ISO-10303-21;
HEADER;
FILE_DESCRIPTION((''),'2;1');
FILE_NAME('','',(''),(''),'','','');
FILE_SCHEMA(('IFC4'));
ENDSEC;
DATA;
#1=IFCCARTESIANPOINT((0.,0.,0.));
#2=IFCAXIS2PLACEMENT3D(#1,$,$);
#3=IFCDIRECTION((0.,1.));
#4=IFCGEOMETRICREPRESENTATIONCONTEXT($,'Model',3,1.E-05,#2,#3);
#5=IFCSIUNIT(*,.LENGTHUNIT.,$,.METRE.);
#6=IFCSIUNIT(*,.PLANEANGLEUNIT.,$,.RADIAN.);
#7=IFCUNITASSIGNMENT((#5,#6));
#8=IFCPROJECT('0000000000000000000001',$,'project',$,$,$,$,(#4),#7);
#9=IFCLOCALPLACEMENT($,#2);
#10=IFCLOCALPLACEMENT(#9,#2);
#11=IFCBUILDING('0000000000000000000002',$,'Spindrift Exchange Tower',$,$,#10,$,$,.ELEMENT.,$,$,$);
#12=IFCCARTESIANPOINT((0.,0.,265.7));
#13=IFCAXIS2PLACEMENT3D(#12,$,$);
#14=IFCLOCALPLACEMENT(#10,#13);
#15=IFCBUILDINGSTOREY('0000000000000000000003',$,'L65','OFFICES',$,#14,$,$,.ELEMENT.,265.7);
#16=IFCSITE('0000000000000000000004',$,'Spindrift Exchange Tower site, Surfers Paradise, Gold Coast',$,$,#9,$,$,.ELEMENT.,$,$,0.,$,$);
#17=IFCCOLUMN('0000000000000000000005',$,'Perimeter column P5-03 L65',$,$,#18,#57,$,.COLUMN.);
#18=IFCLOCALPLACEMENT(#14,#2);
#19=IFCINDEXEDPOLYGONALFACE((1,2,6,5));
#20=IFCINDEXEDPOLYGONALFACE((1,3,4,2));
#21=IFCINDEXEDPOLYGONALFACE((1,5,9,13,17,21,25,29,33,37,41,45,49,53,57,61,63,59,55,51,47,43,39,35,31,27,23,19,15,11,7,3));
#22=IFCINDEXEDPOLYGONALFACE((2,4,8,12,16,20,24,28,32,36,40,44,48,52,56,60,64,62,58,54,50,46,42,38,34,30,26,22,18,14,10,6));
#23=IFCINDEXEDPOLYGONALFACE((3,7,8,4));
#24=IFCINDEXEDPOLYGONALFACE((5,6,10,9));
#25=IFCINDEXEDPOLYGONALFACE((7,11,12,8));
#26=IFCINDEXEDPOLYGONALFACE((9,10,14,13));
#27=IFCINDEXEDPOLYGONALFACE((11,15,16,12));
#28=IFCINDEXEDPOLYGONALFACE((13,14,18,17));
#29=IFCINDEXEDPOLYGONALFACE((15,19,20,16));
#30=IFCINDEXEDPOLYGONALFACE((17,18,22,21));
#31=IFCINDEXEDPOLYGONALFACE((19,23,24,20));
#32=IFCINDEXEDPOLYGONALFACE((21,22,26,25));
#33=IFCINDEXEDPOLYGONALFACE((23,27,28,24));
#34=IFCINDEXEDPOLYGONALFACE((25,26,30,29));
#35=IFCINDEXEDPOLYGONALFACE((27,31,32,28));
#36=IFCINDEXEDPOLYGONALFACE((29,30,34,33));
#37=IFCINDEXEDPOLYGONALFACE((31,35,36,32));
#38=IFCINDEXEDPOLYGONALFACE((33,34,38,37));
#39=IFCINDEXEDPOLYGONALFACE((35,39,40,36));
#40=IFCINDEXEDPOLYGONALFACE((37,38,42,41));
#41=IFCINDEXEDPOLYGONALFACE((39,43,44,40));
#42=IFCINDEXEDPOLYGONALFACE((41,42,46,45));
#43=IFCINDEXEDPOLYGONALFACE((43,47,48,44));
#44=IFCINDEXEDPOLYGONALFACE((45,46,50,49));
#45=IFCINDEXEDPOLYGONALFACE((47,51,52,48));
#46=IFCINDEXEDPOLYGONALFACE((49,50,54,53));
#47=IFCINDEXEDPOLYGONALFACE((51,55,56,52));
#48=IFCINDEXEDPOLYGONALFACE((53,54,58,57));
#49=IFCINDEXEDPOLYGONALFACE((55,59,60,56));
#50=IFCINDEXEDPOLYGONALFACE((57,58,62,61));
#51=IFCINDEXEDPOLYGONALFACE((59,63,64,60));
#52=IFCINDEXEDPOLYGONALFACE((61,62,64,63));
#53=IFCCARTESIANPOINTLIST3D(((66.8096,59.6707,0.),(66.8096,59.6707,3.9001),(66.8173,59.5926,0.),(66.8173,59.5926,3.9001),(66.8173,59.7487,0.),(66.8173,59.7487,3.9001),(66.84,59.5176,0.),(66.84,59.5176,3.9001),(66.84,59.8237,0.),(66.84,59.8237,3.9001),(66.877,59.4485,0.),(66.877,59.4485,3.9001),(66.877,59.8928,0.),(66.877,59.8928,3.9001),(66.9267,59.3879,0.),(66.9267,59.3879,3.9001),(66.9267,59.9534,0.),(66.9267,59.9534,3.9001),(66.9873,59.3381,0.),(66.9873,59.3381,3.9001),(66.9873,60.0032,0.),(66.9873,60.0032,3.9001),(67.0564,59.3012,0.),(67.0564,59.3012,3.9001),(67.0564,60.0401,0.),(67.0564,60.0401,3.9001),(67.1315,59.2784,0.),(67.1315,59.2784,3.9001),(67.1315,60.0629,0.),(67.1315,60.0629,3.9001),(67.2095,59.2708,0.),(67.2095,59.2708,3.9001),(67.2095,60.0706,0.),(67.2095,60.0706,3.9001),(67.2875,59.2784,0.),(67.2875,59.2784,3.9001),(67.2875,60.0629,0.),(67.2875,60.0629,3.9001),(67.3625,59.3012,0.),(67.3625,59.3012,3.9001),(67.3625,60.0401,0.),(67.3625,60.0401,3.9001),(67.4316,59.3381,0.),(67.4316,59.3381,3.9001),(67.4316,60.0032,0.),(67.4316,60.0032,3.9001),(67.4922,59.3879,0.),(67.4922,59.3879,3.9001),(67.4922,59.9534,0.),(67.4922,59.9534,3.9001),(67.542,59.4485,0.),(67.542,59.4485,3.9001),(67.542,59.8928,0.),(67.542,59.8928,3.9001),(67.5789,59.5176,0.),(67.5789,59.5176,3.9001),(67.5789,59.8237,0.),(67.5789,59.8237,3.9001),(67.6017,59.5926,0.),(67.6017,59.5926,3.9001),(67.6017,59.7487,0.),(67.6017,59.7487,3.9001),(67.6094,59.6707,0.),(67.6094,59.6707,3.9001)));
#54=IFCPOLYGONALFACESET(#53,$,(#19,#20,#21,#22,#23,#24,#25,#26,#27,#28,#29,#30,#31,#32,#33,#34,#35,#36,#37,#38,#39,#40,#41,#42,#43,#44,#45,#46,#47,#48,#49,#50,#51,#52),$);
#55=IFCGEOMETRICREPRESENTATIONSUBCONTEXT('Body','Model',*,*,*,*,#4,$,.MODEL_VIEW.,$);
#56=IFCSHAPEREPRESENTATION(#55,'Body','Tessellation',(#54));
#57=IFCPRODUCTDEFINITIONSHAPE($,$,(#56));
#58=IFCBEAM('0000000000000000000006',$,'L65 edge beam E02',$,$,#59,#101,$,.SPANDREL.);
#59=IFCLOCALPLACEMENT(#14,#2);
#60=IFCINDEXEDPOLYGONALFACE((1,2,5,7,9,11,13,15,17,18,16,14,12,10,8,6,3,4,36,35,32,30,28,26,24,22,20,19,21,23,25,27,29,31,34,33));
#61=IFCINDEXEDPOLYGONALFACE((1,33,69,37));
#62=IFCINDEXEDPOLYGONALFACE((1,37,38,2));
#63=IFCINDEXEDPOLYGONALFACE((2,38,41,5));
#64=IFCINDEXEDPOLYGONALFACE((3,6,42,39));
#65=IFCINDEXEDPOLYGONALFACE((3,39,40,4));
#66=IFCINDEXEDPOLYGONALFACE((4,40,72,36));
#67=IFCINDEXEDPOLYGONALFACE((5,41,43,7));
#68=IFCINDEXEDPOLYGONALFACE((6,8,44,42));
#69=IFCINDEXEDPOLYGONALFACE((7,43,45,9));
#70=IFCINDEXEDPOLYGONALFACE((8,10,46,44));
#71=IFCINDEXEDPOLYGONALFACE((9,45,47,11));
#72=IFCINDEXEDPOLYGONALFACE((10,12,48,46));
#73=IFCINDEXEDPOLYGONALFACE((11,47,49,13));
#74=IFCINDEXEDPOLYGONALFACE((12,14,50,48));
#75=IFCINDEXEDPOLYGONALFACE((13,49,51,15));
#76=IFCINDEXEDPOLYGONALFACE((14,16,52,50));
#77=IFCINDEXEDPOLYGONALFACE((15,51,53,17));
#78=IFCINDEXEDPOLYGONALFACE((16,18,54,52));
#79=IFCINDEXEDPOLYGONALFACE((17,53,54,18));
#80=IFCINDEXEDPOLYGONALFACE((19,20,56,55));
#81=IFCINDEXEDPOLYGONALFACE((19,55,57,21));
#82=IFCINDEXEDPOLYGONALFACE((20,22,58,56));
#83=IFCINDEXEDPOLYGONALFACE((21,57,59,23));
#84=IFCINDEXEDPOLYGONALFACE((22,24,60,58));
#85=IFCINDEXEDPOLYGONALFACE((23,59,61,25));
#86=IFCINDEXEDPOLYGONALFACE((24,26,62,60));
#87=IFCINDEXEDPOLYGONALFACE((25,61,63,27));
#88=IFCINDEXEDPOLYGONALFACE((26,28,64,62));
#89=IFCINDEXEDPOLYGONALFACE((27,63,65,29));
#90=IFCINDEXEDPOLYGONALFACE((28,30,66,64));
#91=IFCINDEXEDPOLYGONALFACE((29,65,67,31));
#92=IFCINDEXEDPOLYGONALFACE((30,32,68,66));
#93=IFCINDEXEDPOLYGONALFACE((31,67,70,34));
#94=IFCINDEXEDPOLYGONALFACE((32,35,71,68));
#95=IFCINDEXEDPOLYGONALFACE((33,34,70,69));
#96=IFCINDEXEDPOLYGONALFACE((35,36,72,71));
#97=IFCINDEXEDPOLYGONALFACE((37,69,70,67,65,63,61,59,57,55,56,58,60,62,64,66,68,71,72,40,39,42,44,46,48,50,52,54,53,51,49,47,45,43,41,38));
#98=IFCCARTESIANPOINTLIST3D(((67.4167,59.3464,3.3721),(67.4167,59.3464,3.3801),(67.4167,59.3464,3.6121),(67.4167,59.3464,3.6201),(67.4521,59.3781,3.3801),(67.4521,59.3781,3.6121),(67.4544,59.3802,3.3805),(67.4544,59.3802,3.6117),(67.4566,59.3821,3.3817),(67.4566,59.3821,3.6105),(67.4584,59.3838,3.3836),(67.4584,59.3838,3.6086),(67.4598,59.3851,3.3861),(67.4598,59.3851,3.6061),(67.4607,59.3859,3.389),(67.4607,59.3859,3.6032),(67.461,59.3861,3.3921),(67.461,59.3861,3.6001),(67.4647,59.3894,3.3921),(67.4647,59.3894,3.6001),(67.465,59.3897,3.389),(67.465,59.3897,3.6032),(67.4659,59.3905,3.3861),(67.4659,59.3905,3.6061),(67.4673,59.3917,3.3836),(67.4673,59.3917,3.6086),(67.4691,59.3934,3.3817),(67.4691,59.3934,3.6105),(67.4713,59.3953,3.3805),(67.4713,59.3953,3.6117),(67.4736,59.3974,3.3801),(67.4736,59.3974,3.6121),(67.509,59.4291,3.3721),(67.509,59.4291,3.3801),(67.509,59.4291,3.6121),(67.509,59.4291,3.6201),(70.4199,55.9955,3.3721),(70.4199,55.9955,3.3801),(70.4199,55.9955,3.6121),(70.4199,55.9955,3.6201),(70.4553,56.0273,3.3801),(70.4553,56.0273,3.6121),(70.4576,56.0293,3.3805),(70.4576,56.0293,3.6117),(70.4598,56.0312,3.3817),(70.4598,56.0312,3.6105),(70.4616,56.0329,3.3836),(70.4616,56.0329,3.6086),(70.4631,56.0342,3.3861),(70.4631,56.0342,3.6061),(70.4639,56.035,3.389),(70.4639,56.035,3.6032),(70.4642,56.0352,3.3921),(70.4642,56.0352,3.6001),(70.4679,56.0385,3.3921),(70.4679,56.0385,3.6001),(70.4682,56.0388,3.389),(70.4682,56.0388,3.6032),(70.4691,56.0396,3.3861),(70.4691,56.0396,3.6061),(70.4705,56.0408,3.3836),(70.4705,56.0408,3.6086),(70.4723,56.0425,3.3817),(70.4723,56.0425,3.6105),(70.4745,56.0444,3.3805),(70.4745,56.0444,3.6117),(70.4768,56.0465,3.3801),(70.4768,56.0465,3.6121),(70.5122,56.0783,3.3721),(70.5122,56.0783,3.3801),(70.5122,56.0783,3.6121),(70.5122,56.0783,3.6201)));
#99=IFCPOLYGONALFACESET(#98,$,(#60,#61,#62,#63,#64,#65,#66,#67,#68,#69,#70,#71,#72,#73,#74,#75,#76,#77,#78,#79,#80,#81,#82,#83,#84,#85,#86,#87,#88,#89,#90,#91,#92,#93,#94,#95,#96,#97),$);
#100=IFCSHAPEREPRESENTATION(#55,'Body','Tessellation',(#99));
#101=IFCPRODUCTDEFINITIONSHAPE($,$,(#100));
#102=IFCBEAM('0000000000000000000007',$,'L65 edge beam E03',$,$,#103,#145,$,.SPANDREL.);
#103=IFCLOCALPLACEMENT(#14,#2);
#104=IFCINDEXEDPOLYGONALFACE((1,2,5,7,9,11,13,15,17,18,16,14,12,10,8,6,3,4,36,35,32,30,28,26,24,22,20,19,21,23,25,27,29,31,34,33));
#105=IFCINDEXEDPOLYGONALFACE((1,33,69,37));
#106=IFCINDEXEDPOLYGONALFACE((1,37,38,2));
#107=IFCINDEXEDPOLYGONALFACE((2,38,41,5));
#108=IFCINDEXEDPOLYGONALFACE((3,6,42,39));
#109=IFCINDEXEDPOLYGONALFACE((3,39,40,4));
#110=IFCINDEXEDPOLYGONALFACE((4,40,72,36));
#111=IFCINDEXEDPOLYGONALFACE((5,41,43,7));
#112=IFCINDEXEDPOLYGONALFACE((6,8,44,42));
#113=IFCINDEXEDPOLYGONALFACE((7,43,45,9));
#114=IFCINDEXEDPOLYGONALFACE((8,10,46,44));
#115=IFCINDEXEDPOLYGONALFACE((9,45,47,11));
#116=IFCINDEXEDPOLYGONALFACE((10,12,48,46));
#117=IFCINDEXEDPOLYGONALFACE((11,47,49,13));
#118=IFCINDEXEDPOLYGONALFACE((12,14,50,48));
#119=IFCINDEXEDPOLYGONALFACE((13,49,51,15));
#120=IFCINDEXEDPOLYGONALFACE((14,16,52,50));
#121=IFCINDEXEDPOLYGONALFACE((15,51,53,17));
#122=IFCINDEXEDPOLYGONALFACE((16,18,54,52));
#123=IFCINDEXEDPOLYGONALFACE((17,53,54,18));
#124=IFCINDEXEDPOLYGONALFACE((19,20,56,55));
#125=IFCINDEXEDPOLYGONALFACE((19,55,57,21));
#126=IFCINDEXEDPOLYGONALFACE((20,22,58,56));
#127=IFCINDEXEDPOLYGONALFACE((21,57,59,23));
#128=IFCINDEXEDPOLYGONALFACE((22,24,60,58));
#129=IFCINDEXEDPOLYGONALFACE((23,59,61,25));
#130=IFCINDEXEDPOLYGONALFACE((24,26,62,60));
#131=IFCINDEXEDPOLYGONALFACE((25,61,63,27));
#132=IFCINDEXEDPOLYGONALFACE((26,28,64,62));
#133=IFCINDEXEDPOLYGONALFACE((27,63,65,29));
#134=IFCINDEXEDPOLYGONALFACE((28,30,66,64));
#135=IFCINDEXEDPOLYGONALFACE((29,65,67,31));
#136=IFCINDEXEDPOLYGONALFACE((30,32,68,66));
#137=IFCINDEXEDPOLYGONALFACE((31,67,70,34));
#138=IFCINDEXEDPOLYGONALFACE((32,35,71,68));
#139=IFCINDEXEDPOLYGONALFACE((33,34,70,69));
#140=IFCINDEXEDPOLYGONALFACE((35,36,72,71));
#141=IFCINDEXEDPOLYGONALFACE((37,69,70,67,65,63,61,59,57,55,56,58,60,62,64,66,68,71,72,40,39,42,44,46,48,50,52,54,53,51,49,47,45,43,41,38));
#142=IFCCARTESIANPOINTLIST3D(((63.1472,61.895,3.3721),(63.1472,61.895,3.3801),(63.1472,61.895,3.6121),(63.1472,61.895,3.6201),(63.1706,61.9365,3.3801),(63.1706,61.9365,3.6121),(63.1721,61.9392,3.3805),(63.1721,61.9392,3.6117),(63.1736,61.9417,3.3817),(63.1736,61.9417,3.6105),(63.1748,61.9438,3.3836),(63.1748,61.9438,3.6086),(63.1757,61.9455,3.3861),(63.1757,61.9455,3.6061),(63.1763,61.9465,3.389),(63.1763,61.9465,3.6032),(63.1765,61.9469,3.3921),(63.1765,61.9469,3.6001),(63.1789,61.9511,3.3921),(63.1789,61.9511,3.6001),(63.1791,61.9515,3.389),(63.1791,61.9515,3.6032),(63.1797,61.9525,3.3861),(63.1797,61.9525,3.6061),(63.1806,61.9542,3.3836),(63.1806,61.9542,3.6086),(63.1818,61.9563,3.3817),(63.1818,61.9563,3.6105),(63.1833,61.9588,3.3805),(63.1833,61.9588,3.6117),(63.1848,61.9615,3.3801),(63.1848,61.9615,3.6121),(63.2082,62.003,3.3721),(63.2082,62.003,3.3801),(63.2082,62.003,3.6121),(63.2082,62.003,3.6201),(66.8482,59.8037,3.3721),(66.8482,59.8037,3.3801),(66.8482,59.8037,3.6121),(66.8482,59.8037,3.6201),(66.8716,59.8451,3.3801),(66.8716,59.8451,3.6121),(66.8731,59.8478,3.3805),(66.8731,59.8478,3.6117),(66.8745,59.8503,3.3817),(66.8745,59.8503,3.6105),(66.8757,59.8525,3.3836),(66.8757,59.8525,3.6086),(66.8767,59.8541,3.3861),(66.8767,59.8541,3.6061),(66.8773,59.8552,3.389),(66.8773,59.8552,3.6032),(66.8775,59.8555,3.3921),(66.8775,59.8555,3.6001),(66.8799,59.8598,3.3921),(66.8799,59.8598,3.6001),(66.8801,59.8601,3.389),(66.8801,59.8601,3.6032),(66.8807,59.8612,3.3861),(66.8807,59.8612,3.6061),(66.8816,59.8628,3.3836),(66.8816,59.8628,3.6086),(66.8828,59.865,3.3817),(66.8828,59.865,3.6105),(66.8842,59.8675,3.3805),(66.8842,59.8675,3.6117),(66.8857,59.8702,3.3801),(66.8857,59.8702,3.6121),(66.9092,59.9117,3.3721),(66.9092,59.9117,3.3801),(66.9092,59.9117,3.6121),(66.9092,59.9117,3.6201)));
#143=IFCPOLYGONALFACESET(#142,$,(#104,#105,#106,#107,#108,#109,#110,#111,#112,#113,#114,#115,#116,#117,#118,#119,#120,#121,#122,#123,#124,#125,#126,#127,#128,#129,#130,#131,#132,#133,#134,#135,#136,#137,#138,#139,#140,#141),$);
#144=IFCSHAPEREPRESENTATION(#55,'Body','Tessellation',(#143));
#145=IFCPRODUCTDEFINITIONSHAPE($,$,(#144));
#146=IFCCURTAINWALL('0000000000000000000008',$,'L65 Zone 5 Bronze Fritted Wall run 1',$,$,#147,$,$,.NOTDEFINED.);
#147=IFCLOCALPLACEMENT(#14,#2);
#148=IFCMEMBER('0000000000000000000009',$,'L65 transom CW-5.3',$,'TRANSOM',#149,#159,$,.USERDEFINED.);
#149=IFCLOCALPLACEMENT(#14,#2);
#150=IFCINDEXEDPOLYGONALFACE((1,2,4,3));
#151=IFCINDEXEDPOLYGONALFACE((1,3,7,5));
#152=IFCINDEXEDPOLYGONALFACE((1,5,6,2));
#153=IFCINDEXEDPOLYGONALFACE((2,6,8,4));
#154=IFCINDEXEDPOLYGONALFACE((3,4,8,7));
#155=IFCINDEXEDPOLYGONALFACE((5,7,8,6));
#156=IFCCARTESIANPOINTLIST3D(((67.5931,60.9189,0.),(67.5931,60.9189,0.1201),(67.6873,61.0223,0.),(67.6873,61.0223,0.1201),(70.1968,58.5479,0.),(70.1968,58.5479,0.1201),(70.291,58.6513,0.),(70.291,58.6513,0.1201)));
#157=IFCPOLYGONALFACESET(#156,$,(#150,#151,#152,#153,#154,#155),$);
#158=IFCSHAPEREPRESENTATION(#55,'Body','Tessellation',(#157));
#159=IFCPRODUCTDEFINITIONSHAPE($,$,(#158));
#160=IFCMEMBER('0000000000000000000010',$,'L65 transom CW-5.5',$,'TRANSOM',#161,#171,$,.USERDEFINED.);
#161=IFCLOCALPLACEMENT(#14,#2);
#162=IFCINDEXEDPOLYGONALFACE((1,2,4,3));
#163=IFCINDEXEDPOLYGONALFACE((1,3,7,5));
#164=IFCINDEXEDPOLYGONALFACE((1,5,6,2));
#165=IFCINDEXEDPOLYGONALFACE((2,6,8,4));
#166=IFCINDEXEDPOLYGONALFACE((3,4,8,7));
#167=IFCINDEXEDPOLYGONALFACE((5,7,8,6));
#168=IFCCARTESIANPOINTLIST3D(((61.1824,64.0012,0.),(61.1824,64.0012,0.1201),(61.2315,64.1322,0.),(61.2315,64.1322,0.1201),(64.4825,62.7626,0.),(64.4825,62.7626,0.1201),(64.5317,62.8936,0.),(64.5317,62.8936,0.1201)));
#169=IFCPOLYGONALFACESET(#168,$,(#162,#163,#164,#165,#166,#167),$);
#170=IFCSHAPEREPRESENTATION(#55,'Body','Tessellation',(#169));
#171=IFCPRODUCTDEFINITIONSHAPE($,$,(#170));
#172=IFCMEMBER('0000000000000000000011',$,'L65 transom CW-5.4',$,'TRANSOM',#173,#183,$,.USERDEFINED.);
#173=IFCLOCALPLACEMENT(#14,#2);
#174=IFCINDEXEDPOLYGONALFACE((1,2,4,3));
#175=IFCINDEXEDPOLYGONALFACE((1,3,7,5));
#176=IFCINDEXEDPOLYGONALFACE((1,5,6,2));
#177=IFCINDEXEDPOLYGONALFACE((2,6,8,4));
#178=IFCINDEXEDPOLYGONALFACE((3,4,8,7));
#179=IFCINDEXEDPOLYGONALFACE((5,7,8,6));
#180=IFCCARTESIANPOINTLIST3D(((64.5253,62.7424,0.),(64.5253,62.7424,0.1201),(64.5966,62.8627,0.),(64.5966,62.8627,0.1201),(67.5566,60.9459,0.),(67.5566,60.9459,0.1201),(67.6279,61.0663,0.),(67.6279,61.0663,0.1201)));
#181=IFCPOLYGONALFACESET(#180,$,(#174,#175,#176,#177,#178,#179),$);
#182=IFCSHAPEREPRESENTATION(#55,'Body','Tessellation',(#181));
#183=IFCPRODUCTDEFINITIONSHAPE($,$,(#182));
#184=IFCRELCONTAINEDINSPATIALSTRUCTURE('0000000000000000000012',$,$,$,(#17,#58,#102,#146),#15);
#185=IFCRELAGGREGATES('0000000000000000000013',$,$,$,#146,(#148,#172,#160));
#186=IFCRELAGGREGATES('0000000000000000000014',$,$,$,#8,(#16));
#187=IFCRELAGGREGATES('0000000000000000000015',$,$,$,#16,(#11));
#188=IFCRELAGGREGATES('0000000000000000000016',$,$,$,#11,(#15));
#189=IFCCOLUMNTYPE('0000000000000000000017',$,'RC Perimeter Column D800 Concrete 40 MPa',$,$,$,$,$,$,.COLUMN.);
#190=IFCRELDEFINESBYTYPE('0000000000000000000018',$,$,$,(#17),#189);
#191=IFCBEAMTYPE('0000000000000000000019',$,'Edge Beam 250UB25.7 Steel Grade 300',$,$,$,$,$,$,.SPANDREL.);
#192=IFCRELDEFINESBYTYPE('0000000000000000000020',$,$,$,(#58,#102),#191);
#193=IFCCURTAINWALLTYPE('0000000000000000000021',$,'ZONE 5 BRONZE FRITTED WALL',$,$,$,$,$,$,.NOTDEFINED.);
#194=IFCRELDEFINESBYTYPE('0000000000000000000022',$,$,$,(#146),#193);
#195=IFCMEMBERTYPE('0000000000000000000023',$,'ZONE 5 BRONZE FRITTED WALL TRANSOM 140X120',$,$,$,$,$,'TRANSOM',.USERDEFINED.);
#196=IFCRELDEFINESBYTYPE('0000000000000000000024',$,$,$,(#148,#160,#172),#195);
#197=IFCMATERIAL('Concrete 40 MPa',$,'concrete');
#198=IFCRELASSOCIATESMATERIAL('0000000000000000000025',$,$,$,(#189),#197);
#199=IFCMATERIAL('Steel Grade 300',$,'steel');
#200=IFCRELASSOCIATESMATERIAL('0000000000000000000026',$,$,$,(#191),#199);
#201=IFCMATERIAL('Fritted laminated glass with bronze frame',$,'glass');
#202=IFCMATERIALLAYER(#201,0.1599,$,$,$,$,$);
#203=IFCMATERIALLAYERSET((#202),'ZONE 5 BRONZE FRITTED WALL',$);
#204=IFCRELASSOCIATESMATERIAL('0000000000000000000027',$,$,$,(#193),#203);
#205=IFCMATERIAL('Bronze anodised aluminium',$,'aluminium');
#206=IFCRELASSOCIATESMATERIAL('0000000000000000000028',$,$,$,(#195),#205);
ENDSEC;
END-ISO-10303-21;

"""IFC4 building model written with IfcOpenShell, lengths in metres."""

from ifc_helpers import new_model, si_unit, direction, frame, origin, origin_2d, place, context, subcontext, project, spatial, rectangle, circle, i_section, extrude, source, transform, mapped, material, layer, layer_set, material_profile, profile_set, type_object, element, aggregate, save


model = new_model("IFC4")

# Units and contexts
model_context = context("Model", 3, precision=1e-05, world=origin(), true_north=direction((0.0, 1.0)))
body_context = subcontext(model_context, "Body", "Model", "MODEL_VIEW")
ifc_project = project(units=[si_unit("LENGTHUNIT", "METRE"), si_unit("PLANEANGLEUNIT", "RADIAN")], contexts=[model_context])

# Site, building, storey
site_placement = place(None, origin())
site = spatial("IfcSite", under=ifc_project, at=site_placement, Name="Spindrift Exchange Tower site, Surfers Paradise, Gold Coast", CompositionType="ELEMENT", RefElevation=0.0)
building_placement = place(site_placement, origin())
building = spatial("IfcBuilding", under=site, at=building_placement, Name="Spindrift Exchange Tower", CompositionType="ELEMENT")
storey_placement = place(building_placement, frame((0.0, 0.0, 265.7)))
storey = spatial("IfcBuildingStorey", under=building, at=storey_placement, Name="L65", Description="OFFICES", CompositionType="ELEMENT", Elevation=265.7)

# Column
ifc_material_1 = material(Name="Concrete 40 MPa", Category="concrete")
ifc_material_profile_1 = material_profile(ifc_material_1, circle(Radius=0.3999, at=origin_2d()), Name="RC D800")
ifc_profile_set_1 = profile_set([ifc_material_profile_1], Name="Concrete 40 MPa")
column_type = type_object("IfcColumnType", Name="RC Perimeter Column D800 Concrete 40 MPa", PredefinedType="COLUMN", material=ifc_profile_set_1)
shared_shape_1 = source(origin(), body_context, "Body", "SweptSolid", [
    extrude(circle(Radius=0.3999, at=origin_2d()), origin(), (0.0, 0.0, 1.0), 3.9001),
])
column_placement = place(storey_placement, frame((67.2095, 59.6707, 0.0), z_axis=(0.0, 0.0, 1.0), x_axis=(1.0, 0.0, 0.0)))
element("IfcColumn", 1, at=column_placement, inside=storey, type_object=column_type, Name="Perimeter column P5-03 L65", PredefinedType="COLUMN", context=body_context, shape_type="MappedRepresentation", body=[
    mapped(shared_shape_1, transform((0.0, 0.0, 0.0), scale=1.0)),
])

# Beams
ifc_material_2 = material(Name="Steel Grade 300", Category="steel")
ifc_material_profile_2 = material_profile(ifc_material_2, i_section(OverallWidth=0.124, OverallDepth=0.248, WebThickness=0.0049, FlangeThickness=0.0081, FilletRadius=0.012, at=origin_2d()), Name="250UB25.7")
ifc_profile_set_2 = profile_set([ifc_material_profile_2], Name="Steel Grade 300")
beam_type = type_object("IfcBeamType", Name="Edge Beam 250UB25.7 Steel Grade 300", PredefinedType="SPANDREL", material=ifc_profile_set_2)
shared_shape_2 = source(origin(), body_context, "Body", "SweptSolid", [
    extrude(i_section(OverallWidth=0.124, OverallDepth=0.248, WebThickness=0.0049, FlangeThickness=0.0081, FilletRadius=0.012, at=origin_2d()), origin(), (0.0, 0.0, 1.0), 4.4998),
])
beam_1_placement = place(storey_placement, frame((70.4661, 56.0369, 3.4961), z_axis=(-0.66742, 0.744682, 0.0), x_axis=(-0.744682, -0.66742, 0.0)))
element("IfcBeam", 2, at=beam_1_placement, inside=storey, type_object=beam_type, Name="L65 edge beam E02", PredefinedType="SPANDREL", context=body_context, shape_type="MappedRepresentation", body=[
    mapped(shared_shape_2, transform((0.0, 0.0, 0.0), scale=1.0)),
])
shared_shape_3 = source(origin(), body_context, "Body", "SweptSolid", [
    extrude(i_section(OverallWidth=0.124, OverallDepth=0.248, WebThickness=0.0049, FlangeThickness=0.0081, FilletRadius=0.012, at=origin_2d()), origin(), (0.0, 0.0, 1.0), 4.251),
])
beam_2_placement = place(storey_placement, frame((66.8787, 59.8577, 3.4961), z_axis=(-0.870615, 0.491965, 0.0), x_axis=(-0.491965, -0.870615, 0.0)))
element("IfcBeam", 3, at=beam_2_placement, inside=storey, type_object=beam_type, Name="L65 edge beam E03", PredefinedType="SPANDREL", context=body_context, shape_type="MappedRepresentation", body=[
    mapped(shared_shape_3, transform((0.0, 0.0, 0.0), scale=1.0)),
])

# Curtain wall, members
ifc_material_3 = material(Name="Fritted laminated glass with bronze frame", Category="glass")
ifc_layer_1 = layer(ifc_material_3, 0.1599)
ifc_layer_set_1 = layer_set([ifc_layer_1], Name="ZONE 5 BRONZE FRITTED WALL")
curtain_wall_type = type_object("IfcCurtainWallType", Name="ZONE 5 BRONZE FRITTED WALL", PredefinedType="NOTDEFINED", material=ifc_layer_set_1)
curtain_wall_placement = place(storey_placement, origin())
curtain_wall = element("IfcCurtainWall", 4, at=curtain_wall_placement, inside=storey, type_object=curtain_wall_type, Name="L65 Zone 5 Bronze Fritted Wall run 1", PredefinedType="NOTDEFINED")
ifc_material_4 = material(Name="Bronze anodised aluminium", Category="aluminium")
ifc_material_profile_3 = material_profile(ifc_material_4, rectangle(XDim=0.1399, YDim=0.1201, at=origin_2d()), Name="ZONE 5 BRONZE FRITTED WALL TRANSOM 140X120")
ifc_profile_set_3 = profile_set([ifc_material_profile_3], Name="Bronze anodised aluminium")
member_type_1 = type_object("IfcMemberType", Name="ZONE 5 BRONZE FRITTED WALL TRANSOM 140X120", ElementType="TRANSOM", PredefinedType="USERDEFINED", material=ifc_profile_set_3)
shared_shape_4 = source(origin(), body_context, "Body", "SweptSolid", [
    extrude(rectangle(XDim=0.1399, YDim=0.1201, at=origin_2d()), origin(), (0.0, 0.0, 1.0), 3.5215),
])
member_1_placement = place(storey_placement, frame((70.2439, 58.5996, 0.0601), z_axis=(-0.739369, 0.673301, 0.0), x_axis=(-0.673301, -0.739369, 0.0)))
member_1 = element("IfcMember", 5, at=member_1_placement, type_object=member_type_1, Name="L65 transom CW-5.3", ObjectType="TRANSOM", PredefinedType="USERDEFINED", context=body_context, shape_type="MappedRepresentation", body=[
    mapped(shared_shape_4, transform((0.0, 0.0, 0.0), scale=1.0)),
])
shared_shape_5 = source(origin(), body_context, "Body", "SweptSolid", [
    extrude(rectangle(XDim=0.1399, YDim=0.1201, at=origin_2d()), origin(), (0.0, 0.0, 1.0), 3.5249),
])
member_2_placement = place(storey_placement, frame((64.5071, 62.8281, 0.0601), z_axis=(-0.936235, 0.351374, 0.0), x_axis=(-0.351374, -0.936235, 0.0)))
member_2 = element("IfcMember", 6, at=member_2_placement, type_object=member_type_1, Name="L65 transom CW-5.5", ObjectType="TRANSOM", PredefinedType="USERDEFINED", context=body_context, shape_type="MappedRepresentation", body=[
    mapped(shared_shape_5, transform((0.0, 0.0, 0.0), scale=1.0)),
])
shared_shape_6 = source(origin(), body_context, "Body", "SweptSolid", [
    extrude(rectangle(XDim=0.1399, YDim=0.1201, at=origin_2d()), origin(), (0.0, 0.0, 1.0), 3.5237),
])
member_3_placement = place(storey_placement, frame((67.5923, 61.0061, 0.0601), z_axis=(-0.86028, 0.509821, 0.0), x_axis=(-0.509821, -0.86028, 0.0)))
member_3 = element("IfcMember", 7, at=member_3_placement, type_object=member_type_1, Name="L65 transom CW-5.4", ObjectType="TRANSOM", PredefinedType="USERDEFINED", context=body_context, shape_type="MappedRepresentation", body=[
    mapped(shared_shape_6, transform((0.0, 0.0, 0.0), scale=1.0)),
])
aggregate(curtain_wall, [member_1, member_3, member_2])

save(model, "model.ifc")
